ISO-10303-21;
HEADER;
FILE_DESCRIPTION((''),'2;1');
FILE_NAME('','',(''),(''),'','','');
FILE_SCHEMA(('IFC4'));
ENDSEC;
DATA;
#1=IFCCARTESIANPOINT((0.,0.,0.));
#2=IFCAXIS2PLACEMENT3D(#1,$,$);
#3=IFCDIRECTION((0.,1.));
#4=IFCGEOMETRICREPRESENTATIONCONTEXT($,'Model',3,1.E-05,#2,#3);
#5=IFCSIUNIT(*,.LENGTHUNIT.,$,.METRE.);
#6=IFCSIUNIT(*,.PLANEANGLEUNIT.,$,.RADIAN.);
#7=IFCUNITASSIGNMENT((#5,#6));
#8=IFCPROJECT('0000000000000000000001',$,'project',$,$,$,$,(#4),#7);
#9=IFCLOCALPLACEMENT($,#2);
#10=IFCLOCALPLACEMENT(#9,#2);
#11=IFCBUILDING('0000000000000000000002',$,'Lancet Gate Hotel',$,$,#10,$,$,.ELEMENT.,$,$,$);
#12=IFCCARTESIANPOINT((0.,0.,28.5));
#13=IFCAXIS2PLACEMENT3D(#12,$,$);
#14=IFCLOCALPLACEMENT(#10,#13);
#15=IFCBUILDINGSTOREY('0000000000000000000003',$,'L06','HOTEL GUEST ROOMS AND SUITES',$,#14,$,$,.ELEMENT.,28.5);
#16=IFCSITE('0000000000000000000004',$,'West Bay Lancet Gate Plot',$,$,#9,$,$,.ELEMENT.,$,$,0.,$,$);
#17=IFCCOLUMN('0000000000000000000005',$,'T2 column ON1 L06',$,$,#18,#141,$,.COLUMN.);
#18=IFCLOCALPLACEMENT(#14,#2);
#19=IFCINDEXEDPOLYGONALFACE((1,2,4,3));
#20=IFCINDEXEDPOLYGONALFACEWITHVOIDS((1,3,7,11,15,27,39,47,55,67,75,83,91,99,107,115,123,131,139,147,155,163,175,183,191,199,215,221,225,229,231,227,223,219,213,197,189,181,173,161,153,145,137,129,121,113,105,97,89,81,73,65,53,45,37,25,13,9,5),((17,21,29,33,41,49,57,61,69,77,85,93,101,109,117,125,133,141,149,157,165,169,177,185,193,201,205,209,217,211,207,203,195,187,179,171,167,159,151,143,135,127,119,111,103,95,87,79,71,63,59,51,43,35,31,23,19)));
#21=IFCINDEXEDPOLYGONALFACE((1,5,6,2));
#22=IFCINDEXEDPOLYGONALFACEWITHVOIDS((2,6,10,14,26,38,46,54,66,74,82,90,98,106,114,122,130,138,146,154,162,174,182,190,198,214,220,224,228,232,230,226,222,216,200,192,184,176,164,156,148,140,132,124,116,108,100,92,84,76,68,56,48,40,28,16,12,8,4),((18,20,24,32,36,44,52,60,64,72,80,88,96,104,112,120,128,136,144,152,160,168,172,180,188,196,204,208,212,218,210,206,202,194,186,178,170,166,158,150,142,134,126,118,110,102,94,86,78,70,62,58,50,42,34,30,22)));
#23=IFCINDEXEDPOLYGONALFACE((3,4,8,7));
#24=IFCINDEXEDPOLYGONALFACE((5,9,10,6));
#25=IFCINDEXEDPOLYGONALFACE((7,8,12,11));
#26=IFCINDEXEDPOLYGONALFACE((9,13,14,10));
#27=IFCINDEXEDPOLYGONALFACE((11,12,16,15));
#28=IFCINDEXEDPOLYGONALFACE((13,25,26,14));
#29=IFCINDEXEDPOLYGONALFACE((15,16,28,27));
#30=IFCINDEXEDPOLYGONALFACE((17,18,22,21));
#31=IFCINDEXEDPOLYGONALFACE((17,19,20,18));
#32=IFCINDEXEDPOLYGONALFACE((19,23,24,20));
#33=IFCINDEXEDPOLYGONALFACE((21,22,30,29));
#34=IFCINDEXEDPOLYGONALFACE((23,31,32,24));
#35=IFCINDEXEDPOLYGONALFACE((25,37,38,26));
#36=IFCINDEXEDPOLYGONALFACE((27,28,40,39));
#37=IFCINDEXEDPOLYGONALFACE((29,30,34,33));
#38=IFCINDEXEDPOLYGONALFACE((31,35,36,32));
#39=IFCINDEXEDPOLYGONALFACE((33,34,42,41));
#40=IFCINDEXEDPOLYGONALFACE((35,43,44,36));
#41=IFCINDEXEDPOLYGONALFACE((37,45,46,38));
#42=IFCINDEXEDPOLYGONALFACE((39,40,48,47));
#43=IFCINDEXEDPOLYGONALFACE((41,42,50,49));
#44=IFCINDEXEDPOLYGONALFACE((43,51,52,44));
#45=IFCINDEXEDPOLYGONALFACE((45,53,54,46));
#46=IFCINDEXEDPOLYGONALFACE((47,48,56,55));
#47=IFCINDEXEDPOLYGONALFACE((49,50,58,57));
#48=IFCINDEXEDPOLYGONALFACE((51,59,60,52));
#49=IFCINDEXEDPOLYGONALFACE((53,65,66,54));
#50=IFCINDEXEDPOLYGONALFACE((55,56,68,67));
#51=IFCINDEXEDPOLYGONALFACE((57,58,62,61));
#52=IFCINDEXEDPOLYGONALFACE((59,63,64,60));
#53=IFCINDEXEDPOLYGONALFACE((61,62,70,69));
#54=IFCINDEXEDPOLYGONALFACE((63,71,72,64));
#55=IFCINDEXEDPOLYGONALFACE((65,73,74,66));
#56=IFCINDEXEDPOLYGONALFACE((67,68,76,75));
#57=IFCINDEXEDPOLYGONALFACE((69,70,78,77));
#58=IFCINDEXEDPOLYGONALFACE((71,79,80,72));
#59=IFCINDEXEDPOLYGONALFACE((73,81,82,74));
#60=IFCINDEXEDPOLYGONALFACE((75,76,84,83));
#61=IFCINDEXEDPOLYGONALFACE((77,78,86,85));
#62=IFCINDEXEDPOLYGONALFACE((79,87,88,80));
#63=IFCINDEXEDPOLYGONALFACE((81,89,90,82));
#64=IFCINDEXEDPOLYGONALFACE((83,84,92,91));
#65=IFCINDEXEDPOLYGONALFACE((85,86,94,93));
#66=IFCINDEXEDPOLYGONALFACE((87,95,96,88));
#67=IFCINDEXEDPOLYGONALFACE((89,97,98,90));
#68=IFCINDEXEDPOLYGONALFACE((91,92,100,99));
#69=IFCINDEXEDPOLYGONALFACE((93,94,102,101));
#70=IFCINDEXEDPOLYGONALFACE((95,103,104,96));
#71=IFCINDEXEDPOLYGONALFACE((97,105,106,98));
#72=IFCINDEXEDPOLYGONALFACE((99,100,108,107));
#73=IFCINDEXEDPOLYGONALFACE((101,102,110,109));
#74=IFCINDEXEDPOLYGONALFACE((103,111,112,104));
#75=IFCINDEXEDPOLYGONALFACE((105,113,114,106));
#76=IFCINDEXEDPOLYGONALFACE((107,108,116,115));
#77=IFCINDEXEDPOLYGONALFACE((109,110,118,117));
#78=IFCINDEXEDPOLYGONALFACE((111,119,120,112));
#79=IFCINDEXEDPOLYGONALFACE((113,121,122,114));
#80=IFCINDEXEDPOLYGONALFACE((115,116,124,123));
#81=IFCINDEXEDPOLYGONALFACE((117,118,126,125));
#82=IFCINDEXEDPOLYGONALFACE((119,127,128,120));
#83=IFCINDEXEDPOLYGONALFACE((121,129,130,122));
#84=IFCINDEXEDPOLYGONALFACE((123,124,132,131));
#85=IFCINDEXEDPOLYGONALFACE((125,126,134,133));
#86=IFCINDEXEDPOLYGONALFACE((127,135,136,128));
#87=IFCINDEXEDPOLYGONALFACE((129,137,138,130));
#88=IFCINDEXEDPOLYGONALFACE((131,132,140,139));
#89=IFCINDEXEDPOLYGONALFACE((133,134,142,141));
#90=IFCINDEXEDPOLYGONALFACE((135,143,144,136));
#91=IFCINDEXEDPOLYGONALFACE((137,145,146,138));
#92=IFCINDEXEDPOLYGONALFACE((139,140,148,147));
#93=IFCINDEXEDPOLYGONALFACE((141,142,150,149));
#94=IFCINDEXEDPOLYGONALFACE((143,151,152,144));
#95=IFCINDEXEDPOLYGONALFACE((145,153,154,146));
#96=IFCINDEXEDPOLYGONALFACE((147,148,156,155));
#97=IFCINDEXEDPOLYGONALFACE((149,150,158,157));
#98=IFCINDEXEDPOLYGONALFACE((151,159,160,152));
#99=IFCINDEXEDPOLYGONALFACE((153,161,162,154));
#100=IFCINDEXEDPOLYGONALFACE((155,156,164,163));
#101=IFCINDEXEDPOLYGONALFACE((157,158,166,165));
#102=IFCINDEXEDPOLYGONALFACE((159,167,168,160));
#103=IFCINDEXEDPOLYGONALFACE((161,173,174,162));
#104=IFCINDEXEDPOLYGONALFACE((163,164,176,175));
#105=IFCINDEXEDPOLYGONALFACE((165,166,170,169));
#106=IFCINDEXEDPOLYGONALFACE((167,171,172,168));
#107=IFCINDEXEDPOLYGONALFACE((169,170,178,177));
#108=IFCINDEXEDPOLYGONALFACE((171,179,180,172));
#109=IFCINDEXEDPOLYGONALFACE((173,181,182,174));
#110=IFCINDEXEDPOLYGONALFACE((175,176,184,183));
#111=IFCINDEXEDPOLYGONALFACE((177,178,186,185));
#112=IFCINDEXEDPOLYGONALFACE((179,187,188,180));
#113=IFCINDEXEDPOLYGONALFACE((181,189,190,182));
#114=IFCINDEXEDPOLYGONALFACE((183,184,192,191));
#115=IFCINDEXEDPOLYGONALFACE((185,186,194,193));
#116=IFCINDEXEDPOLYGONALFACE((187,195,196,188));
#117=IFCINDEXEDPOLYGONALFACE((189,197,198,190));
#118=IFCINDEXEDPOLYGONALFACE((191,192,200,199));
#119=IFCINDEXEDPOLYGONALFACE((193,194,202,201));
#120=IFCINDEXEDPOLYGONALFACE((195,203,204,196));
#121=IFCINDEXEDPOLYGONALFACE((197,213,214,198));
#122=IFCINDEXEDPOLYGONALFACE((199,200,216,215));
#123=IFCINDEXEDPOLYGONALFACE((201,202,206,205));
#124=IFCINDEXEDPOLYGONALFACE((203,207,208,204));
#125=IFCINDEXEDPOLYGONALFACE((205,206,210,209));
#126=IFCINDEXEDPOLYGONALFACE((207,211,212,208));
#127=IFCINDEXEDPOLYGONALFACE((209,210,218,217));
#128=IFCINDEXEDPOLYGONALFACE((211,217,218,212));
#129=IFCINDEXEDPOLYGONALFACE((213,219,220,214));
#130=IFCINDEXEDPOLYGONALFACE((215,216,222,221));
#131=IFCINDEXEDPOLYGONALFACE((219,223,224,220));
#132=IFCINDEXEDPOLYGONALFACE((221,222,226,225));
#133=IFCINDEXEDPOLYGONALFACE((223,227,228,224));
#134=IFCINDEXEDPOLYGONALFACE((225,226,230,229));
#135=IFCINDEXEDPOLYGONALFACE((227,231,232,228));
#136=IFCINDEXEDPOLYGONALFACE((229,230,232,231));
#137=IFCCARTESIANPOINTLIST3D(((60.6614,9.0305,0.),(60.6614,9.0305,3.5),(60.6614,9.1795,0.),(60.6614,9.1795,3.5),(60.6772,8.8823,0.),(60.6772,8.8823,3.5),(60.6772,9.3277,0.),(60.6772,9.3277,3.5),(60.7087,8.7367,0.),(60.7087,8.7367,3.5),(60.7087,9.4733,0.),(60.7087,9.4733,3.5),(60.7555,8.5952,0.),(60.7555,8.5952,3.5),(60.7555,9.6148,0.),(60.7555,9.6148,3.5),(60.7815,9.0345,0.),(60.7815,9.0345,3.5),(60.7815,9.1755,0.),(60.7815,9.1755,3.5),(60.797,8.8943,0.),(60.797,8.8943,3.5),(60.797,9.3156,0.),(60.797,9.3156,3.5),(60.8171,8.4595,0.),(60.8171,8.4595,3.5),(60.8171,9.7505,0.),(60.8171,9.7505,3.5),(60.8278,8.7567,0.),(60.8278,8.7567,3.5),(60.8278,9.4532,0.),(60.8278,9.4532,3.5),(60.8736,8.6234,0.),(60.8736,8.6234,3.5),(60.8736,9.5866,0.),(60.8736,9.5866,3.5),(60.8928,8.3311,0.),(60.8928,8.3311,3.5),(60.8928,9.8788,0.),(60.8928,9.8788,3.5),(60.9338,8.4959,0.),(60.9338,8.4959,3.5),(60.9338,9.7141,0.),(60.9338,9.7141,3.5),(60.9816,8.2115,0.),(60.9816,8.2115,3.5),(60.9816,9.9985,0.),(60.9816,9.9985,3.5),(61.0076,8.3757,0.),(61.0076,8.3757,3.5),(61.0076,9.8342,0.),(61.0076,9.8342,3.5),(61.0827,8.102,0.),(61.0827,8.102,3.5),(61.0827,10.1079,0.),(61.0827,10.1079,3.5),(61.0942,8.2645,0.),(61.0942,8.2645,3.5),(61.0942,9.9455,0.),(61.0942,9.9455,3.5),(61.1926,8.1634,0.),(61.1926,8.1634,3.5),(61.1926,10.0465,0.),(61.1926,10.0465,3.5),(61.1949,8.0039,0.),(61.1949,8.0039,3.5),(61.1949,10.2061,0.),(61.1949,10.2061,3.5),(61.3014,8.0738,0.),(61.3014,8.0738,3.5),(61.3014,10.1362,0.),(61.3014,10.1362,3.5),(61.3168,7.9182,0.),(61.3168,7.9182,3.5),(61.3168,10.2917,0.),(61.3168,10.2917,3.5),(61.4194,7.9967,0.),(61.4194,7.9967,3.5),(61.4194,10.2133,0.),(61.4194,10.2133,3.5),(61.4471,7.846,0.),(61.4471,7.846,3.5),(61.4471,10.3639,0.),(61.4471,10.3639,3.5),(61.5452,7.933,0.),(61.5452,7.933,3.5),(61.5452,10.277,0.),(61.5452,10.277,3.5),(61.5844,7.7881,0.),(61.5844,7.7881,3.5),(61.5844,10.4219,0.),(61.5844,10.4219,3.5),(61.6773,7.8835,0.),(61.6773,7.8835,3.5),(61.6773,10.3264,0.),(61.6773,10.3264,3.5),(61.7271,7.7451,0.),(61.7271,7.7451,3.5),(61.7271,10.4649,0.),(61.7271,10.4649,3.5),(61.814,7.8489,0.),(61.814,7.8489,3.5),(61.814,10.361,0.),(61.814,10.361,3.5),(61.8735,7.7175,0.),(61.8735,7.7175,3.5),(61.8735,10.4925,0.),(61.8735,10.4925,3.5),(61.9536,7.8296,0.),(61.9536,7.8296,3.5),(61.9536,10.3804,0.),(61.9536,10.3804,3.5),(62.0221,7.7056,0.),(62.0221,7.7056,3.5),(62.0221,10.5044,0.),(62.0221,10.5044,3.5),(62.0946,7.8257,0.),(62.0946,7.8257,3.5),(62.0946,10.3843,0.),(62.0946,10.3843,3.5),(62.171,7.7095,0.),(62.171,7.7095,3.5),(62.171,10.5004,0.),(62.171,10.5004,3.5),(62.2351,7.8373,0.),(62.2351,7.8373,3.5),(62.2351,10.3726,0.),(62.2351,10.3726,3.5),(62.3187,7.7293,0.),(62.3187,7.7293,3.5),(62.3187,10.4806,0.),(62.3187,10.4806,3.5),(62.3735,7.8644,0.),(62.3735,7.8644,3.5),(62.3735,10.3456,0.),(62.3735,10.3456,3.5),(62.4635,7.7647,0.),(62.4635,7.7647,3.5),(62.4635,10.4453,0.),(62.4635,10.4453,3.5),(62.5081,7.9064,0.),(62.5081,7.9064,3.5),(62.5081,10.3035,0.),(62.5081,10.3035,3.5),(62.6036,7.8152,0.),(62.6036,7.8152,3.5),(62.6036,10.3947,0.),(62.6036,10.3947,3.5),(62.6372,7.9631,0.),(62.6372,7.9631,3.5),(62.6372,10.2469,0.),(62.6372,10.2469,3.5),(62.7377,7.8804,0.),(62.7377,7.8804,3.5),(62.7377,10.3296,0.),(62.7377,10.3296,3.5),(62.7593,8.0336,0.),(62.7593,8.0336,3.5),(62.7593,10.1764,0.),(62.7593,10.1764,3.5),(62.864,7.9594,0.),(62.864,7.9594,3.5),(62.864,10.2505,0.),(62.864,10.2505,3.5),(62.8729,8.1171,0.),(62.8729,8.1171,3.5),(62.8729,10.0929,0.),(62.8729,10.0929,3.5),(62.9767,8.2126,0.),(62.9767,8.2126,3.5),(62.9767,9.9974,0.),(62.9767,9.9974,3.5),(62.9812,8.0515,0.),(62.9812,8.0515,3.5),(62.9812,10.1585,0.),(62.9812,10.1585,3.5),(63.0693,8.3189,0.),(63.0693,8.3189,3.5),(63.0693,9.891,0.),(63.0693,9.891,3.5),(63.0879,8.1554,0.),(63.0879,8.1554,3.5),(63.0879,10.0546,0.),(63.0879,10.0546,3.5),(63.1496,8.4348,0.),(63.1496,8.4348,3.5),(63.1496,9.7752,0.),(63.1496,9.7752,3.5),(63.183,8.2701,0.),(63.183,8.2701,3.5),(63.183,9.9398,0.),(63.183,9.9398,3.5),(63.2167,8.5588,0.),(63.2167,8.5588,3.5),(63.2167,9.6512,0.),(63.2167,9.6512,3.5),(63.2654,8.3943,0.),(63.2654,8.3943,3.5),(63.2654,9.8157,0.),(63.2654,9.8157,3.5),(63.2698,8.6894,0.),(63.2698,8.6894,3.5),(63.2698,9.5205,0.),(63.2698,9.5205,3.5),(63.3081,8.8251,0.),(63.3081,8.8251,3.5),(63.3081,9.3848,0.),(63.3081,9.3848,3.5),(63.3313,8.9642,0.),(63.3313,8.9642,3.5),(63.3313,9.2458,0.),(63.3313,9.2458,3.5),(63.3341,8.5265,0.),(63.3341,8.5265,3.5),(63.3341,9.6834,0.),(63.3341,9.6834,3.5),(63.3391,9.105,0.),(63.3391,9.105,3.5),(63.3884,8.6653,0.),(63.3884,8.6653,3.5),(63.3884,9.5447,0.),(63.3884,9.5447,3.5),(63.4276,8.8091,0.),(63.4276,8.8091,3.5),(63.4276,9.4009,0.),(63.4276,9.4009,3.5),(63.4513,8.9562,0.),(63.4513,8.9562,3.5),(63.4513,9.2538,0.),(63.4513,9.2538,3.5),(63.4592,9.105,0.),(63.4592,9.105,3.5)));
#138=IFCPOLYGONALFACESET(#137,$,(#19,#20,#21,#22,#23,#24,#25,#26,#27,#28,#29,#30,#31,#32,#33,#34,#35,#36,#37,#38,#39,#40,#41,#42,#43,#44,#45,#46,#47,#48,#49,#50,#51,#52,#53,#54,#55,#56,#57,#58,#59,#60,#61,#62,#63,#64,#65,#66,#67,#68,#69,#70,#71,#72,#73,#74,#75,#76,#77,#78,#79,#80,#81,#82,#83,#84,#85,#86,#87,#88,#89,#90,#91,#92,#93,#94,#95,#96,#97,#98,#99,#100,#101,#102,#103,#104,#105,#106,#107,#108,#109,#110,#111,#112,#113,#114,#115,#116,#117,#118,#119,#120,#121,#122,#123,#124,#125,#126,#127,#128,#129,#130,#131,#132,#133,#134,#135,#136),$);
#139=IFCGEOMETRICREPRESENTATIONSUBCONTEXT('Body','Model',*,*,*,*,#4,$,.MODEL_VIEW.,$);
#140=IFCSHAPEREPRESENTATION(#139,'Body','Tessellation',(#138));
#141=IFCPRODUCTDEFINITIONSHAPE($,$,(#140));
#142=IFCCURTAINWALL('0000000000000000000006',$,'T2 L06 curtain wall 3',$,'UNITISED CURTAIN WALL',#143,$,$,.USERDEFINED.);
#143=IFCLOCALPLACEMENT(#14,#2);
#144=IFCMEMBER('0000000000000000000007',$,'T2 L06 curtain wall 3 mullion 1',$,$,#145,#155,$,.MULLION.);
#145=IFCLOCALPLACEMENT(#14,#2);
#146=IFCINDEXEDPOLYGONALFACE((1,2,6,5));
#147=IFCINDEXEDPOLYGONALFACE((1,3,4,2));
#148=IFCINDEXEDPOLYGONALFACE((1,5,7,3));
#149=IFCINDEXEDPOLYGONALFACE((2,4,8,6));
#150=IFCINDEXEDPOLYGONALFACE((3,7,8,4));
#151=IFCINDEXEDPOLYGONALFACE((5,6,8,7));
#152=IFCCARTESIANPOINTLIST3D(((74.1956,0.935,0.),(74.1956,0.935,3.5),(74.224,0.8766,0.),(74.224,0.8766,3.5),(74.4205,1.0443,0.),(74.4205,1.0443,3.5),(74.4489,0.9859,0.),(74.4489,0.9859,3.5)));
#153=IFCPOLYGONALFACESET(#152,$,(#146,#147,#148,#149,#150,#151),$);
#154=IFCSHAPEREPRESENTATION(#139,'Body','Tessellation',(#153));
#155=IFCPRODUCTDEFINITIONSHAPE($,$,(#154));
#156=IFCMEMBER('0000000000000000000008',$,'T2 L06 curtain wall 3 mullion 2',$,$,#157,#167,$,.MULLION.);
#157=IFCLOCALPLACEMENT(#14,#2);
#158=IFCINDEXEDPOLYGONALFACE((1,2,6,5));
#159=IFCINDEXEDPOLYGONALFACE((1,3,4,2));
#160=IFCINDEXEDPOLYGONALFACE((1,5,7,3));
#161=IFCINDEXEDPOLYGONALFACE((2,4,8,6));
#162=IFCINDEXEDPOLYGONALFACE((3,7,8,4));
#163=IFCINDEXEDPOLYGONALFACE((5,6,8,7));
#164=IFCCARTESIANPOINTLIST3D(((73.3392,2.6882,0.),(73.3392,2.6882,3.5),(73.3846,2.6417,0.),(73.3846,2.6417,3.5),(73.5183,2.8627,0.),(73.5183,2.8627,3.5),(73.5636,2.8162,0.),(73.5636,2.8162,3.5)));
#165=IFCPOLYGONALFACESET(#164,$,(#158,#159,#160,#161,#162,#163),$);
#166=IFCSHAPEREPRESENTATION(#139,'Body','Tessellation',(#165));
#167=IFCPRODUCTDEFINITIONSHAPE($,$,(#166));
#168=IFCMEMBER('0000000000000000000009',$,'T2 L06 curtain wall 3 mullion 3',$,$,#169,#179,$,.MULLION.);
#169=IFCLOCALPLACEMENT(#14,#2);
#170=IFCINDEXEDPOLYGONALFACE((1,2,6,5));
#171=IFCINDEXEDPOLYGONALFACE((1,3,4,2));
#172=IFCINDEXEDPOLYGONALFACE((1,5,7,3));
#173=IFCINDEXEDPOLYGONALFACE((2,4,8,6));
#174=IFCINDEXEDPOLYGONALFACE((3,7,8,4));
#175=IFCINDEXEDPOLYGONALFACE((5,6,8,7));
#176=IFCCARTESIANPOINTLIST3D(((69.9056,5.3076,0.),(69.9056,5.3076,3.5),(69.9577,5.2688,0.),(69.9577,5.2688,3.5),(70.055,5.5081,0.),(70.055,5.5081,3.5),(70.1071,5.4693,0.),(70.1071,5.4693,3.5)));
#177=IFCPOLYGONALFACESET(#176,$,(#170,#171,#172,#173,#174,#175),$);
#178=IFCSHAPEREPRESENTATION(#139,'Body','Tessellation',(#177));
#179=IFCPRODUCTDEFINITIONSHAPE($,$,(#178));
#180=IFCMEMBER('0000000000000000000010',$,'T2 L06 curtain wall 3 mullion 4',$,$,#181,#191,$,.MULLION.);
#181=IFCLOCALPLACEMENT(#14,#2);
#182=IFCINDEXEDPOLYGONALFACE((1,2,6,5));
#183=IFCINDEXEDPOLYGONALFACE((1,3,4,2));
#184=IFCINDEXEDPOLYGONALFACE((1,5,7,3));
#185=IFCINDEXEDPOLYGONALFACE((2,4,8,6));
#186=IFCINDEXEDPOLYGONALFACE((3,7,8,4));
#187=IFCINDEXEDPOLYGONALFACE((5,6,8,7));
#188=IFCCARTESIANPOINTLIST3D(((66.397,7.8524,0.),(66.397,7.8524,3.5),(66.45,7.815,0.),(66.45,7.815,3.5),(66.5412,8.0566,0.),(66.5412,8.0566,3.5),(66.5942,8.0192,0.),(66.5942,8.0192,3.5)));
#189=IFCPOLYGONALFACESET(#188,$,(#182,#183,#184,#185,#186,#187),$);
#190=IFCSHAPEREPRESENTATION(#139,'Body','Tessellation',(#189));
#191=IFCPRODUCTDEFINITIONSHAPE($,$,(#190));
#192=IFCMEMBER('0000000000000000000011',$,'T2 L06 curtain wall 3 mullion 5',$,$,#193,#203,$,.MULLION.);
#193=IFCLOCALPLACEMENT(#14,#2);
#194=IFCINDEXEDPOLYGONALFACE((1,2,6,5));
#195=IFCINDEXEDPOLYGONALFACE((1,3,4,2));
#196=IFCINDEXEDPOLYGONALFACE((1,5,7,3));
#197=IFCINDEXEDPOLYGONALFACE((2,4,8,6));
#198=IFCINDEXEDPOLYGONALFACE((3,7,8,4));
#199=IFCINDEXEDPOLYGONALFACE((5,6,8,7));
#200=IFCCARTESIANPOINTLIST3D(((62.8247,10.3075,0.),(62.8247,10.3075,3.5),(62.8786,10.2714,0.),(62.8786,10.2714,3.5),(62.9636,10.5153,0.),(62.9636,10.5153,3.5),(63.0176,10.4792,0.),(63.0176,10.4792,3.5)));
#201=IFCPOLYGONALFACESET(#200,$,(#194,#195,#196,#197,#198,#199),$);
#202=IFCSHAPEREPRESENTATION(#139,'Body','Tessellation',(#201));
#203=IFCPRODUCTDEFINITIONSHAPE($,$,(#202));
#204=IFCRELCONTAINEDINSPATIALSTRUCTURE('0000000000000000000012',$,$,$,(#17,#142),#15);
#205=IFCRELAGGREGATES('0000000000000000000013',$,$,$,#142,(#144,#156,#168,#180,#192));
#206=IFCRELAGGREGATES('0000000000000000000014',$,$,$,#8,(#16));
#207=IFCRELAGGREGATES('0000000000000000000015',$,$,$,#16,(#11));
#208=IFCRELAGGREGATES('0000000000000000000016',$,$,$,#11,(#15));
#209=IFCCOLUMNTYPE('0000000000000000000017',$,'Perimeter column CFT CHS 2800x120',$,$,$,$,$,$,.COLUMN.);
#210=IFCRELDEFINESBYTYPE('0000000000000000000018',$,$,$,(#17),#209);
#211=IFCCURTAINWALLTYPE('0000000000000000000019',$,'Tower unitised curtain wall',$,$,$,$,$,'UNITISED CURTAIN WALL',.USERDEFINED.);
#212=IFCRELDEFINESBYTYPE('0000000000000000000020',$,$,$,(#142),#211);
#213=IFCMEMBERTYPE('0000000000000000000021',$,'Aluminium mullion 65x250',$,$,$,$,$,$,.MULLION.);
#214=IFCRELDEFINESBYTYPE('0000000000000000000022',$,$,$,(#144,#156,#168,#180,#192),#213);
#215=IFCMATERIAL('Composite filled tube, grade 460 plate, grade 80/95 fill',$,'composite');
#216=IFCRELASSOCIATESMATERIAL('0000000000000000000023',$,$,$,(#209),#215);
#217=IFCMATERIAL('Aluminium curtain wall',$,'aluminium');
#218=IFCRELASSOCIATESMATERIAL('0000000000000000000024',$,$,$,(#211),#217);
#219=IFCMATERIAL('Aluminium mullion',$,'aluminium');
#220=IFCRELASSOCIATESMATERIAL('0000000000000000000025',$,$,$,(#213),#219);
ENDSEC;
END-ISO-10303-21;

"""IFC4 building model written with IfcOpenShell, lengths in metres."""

from ifc_helpers import new_model, si_unit, direction, frame, origin, origin_2d, place, context, subcontext, project, spatial, rectangle, hollow_circle, extrude, material, material_profile, profile_set, type_object, element, aggregate, save


model = new_model("IFC4")

# Units and contexts
model_context = context("Model", 3, precision=1e-05, world=origin(), true_north=direction((0.0, 1.0)))
body_context = subcontext(model_context, "Body", "Model", "MODEL_VIEW")
ifc_project = project(units=[si_unit("LENGTHUNIT", "METRE"), si_unit("PLANEANGLEUNIT", "RADIAN")], contexts=[model_context])

# Site, building, storey
site_placement = place(None, origin())
site = spatial("IfcSite", under=ifc_project, at=site_placement, Name="West Bay Lancet Gate Plot", CompositionType="ELEMENT", RefElevation=0.0)
building_placement = place(site_placement, origin())
building = spatial("IfcBuilding", under=site, at=building_placement, Name="Lancet Gate Hotel", CompositionType="ELEMENT")
storey_placement = place(building_placement, frame((0.0, 0.0, 28.5)))
storey = spatial("IfcBuildingStorey", under=building, at=storey_placement, Name="L06", Description="HOTEL GUEST ROOMS AND SUITES", CompositionType="ELEMENT", Elevation=28.5)

# Column
ifc_material_1 = material(Name="Composite filled tube, grade 460 plate, grade 80/95 fill", Category="composite")
ifc_material_profile_1 = material_profile(ifc_material_1, hollow_circle(Radius=1.3999, WallThickness=0.1201, at=origin_2d()), Name="CHS 2800x120")
ifc_profile_set_1 = profile_set([ifc_material_profile_1], Name="Composite filled tube, grade 460 plate, grade 80/95 fill")
column_type_1 = type_object("IfcColumnType", Name="Perimeter column CFT CHS 2800x120", PredefinedType="COLUMN", material=ifc_profile_set_1)
column_1_placement = place(storey_placement, frame((62.0593, 9.105, 0.0), z_axis=(0.0, 0.0, 1.0), x_axis=(1.0, 0.0, 0.0)))
element("IfcColumn", 1, at=column_1_placement, inside=storey, type_object=column_type_1, Name="T2 column ON1 L06", PredefinedType="COLUMN", context=body_context, shape_type="SweptSolid", body=[
    extrude(hollow_circle(Radius=1.3999, WallThickness=0.1201, at=origin_2d()), origin(), (0.0, 0.0, 1.0), 3.5),
])

# Curtain wall, members
ifc_material_2 = material(Name="Aluminium curtain wall", Category="aluminium")
curtain_wall_type = type_object("IfcCurtainWallType", Name="Tower unitised curtain wall", ElementType="UNITISED CURTAIN WALL", PredefinedType="USERDEFINED", material=ifc_material_2)
curtain_wall_placement = place(storey_placement, origin())
curtain_wall = element("IfcCurtainWall", 2, at=curtain_wall_placement, inside=storey, type_object=curtain_wall_type, Name="T2 L06 curtain wall 3", ObjectType="UNITISED CURTAIN WALL", PredefinedType="USERDEFINED")
ifc_material_3 = material(Name="Aluminium mullion", Category="aluminium")
ifc_material_profile_2 = material_profile(ifc_material_3, rectangle(XDim=0.0649, YDim=0.25, at=origin_2d()), Name="MULLION 65x250")
ifc_profile_set_2 = profile_set([ifc_material_profile_2], Name="Aluminium mullion")
member_type_1 = type_object("IfcMemberType", Name="Aluminium mullion 65x250", PredefinedType="MULLION", material=ifc_profile_set_2)
member_1_placement = place(storey_placement, frame((74.3223, 0.9604, 0.0), z_axis=(0.0, 0.0, 1.0), x_axis=(-0.437169, 0.899379, 0.0)))
member_1 = element("IfcMember", 3, at=member_1_placement, type_object=member_type_1, Name="T2 L06 curtain wall 3 mullion 1", PredefinedType="MULLION", context=body_context, shape_type="SweptSolid", body=[
    extrude(rectangle(XDim=0.0649, YDim=0.25, at=origin_2d()), origin(), (0.0, 0.0, 1.0), 3.5),
])
member_2_placement = place(storey_placement, frame((73.4514, 2.7522, 0.0), z_axis=(0.0, 0.0, 1.0), x_axis=(-0.697983, 0.716114, 0.0)))
member_2 = element("IfcMember", 4, at=member_2_placement, type_object=member_type_1, Name="T2 L06 curtain wall 3 mullion 2", PredefinedType="MULLION", context=body_context, shape_type="SweptSolid", body=[
    extrude(rectangle(XDim=0.0649, YDim=0.25, at=origin_2d()), origin(), (0.0, 0.0, 1.0), 3.5),
])
member_3_placement = place(storey_placement, frame((70.0063, 5.3884, 0.0), z_axis=(0.0, 0.0, 1.0), x_axis=(-0.80183, 0.597552, 0.0)))
member_3 = element("IfcMember", 5, at=member_3_placement, type_object=member_type_1, Name="T2 L06 curtain wall 3 mullion 3", PredefinedType="MULLION", context=body_context, shape_type="SweptSolid", body=[
    extrude(rectangle(XDim=0.0649, YDim=0.25, at=origin_2d()), origin(), (0.0, 0.0, 1.0), 3.5),
])
member_4_placement = place(storey_placement, frame((66.4956, 7.9358, 0.0), z_axis=(0.0, 0.0, 1.0), x_axis=(-0.816779, 0.576951, 0.0)))
member_4 = element("IfcMember", 6, at=member_4_placement, type_object=member_type_1, Name="T2 L06 curtain wall 3 mullion 4", PredefinedType="MULLION", context=body_context, shape_type="SweptSolid", body=[
    extrude(rectangle(XDim=0.0649, YDim=0.25, at=origin_2d()), origin(), (0.0, 0.0, 1.0), 3.5),
])
member_5_placement = place(storey_placement, frame((62.9211, 10.3933, 0.0), z_axis=(0.0, 0.0, 1.0), x_axis=(-0.831198, 0.555976, 0.0)))
member_5 = element("IfcMember", 7, at=member_5_placement, type_object=member_type_1, Name="T2 L06 curtain wall 3 mullion 5", PredefinedType="MULLION", context=body_context, shape_type="SweptSolid", body=[
    extrude(rectangle(XDim=0.0649, YDim=0.25, at=origin_2d()), origin(), (0.0, 0.0, 1.0), 3.5),
])

aggregate(curtain_wall, [member_1, member_2, member_3, member_4, member_5])

save(model, "model.ifc")
